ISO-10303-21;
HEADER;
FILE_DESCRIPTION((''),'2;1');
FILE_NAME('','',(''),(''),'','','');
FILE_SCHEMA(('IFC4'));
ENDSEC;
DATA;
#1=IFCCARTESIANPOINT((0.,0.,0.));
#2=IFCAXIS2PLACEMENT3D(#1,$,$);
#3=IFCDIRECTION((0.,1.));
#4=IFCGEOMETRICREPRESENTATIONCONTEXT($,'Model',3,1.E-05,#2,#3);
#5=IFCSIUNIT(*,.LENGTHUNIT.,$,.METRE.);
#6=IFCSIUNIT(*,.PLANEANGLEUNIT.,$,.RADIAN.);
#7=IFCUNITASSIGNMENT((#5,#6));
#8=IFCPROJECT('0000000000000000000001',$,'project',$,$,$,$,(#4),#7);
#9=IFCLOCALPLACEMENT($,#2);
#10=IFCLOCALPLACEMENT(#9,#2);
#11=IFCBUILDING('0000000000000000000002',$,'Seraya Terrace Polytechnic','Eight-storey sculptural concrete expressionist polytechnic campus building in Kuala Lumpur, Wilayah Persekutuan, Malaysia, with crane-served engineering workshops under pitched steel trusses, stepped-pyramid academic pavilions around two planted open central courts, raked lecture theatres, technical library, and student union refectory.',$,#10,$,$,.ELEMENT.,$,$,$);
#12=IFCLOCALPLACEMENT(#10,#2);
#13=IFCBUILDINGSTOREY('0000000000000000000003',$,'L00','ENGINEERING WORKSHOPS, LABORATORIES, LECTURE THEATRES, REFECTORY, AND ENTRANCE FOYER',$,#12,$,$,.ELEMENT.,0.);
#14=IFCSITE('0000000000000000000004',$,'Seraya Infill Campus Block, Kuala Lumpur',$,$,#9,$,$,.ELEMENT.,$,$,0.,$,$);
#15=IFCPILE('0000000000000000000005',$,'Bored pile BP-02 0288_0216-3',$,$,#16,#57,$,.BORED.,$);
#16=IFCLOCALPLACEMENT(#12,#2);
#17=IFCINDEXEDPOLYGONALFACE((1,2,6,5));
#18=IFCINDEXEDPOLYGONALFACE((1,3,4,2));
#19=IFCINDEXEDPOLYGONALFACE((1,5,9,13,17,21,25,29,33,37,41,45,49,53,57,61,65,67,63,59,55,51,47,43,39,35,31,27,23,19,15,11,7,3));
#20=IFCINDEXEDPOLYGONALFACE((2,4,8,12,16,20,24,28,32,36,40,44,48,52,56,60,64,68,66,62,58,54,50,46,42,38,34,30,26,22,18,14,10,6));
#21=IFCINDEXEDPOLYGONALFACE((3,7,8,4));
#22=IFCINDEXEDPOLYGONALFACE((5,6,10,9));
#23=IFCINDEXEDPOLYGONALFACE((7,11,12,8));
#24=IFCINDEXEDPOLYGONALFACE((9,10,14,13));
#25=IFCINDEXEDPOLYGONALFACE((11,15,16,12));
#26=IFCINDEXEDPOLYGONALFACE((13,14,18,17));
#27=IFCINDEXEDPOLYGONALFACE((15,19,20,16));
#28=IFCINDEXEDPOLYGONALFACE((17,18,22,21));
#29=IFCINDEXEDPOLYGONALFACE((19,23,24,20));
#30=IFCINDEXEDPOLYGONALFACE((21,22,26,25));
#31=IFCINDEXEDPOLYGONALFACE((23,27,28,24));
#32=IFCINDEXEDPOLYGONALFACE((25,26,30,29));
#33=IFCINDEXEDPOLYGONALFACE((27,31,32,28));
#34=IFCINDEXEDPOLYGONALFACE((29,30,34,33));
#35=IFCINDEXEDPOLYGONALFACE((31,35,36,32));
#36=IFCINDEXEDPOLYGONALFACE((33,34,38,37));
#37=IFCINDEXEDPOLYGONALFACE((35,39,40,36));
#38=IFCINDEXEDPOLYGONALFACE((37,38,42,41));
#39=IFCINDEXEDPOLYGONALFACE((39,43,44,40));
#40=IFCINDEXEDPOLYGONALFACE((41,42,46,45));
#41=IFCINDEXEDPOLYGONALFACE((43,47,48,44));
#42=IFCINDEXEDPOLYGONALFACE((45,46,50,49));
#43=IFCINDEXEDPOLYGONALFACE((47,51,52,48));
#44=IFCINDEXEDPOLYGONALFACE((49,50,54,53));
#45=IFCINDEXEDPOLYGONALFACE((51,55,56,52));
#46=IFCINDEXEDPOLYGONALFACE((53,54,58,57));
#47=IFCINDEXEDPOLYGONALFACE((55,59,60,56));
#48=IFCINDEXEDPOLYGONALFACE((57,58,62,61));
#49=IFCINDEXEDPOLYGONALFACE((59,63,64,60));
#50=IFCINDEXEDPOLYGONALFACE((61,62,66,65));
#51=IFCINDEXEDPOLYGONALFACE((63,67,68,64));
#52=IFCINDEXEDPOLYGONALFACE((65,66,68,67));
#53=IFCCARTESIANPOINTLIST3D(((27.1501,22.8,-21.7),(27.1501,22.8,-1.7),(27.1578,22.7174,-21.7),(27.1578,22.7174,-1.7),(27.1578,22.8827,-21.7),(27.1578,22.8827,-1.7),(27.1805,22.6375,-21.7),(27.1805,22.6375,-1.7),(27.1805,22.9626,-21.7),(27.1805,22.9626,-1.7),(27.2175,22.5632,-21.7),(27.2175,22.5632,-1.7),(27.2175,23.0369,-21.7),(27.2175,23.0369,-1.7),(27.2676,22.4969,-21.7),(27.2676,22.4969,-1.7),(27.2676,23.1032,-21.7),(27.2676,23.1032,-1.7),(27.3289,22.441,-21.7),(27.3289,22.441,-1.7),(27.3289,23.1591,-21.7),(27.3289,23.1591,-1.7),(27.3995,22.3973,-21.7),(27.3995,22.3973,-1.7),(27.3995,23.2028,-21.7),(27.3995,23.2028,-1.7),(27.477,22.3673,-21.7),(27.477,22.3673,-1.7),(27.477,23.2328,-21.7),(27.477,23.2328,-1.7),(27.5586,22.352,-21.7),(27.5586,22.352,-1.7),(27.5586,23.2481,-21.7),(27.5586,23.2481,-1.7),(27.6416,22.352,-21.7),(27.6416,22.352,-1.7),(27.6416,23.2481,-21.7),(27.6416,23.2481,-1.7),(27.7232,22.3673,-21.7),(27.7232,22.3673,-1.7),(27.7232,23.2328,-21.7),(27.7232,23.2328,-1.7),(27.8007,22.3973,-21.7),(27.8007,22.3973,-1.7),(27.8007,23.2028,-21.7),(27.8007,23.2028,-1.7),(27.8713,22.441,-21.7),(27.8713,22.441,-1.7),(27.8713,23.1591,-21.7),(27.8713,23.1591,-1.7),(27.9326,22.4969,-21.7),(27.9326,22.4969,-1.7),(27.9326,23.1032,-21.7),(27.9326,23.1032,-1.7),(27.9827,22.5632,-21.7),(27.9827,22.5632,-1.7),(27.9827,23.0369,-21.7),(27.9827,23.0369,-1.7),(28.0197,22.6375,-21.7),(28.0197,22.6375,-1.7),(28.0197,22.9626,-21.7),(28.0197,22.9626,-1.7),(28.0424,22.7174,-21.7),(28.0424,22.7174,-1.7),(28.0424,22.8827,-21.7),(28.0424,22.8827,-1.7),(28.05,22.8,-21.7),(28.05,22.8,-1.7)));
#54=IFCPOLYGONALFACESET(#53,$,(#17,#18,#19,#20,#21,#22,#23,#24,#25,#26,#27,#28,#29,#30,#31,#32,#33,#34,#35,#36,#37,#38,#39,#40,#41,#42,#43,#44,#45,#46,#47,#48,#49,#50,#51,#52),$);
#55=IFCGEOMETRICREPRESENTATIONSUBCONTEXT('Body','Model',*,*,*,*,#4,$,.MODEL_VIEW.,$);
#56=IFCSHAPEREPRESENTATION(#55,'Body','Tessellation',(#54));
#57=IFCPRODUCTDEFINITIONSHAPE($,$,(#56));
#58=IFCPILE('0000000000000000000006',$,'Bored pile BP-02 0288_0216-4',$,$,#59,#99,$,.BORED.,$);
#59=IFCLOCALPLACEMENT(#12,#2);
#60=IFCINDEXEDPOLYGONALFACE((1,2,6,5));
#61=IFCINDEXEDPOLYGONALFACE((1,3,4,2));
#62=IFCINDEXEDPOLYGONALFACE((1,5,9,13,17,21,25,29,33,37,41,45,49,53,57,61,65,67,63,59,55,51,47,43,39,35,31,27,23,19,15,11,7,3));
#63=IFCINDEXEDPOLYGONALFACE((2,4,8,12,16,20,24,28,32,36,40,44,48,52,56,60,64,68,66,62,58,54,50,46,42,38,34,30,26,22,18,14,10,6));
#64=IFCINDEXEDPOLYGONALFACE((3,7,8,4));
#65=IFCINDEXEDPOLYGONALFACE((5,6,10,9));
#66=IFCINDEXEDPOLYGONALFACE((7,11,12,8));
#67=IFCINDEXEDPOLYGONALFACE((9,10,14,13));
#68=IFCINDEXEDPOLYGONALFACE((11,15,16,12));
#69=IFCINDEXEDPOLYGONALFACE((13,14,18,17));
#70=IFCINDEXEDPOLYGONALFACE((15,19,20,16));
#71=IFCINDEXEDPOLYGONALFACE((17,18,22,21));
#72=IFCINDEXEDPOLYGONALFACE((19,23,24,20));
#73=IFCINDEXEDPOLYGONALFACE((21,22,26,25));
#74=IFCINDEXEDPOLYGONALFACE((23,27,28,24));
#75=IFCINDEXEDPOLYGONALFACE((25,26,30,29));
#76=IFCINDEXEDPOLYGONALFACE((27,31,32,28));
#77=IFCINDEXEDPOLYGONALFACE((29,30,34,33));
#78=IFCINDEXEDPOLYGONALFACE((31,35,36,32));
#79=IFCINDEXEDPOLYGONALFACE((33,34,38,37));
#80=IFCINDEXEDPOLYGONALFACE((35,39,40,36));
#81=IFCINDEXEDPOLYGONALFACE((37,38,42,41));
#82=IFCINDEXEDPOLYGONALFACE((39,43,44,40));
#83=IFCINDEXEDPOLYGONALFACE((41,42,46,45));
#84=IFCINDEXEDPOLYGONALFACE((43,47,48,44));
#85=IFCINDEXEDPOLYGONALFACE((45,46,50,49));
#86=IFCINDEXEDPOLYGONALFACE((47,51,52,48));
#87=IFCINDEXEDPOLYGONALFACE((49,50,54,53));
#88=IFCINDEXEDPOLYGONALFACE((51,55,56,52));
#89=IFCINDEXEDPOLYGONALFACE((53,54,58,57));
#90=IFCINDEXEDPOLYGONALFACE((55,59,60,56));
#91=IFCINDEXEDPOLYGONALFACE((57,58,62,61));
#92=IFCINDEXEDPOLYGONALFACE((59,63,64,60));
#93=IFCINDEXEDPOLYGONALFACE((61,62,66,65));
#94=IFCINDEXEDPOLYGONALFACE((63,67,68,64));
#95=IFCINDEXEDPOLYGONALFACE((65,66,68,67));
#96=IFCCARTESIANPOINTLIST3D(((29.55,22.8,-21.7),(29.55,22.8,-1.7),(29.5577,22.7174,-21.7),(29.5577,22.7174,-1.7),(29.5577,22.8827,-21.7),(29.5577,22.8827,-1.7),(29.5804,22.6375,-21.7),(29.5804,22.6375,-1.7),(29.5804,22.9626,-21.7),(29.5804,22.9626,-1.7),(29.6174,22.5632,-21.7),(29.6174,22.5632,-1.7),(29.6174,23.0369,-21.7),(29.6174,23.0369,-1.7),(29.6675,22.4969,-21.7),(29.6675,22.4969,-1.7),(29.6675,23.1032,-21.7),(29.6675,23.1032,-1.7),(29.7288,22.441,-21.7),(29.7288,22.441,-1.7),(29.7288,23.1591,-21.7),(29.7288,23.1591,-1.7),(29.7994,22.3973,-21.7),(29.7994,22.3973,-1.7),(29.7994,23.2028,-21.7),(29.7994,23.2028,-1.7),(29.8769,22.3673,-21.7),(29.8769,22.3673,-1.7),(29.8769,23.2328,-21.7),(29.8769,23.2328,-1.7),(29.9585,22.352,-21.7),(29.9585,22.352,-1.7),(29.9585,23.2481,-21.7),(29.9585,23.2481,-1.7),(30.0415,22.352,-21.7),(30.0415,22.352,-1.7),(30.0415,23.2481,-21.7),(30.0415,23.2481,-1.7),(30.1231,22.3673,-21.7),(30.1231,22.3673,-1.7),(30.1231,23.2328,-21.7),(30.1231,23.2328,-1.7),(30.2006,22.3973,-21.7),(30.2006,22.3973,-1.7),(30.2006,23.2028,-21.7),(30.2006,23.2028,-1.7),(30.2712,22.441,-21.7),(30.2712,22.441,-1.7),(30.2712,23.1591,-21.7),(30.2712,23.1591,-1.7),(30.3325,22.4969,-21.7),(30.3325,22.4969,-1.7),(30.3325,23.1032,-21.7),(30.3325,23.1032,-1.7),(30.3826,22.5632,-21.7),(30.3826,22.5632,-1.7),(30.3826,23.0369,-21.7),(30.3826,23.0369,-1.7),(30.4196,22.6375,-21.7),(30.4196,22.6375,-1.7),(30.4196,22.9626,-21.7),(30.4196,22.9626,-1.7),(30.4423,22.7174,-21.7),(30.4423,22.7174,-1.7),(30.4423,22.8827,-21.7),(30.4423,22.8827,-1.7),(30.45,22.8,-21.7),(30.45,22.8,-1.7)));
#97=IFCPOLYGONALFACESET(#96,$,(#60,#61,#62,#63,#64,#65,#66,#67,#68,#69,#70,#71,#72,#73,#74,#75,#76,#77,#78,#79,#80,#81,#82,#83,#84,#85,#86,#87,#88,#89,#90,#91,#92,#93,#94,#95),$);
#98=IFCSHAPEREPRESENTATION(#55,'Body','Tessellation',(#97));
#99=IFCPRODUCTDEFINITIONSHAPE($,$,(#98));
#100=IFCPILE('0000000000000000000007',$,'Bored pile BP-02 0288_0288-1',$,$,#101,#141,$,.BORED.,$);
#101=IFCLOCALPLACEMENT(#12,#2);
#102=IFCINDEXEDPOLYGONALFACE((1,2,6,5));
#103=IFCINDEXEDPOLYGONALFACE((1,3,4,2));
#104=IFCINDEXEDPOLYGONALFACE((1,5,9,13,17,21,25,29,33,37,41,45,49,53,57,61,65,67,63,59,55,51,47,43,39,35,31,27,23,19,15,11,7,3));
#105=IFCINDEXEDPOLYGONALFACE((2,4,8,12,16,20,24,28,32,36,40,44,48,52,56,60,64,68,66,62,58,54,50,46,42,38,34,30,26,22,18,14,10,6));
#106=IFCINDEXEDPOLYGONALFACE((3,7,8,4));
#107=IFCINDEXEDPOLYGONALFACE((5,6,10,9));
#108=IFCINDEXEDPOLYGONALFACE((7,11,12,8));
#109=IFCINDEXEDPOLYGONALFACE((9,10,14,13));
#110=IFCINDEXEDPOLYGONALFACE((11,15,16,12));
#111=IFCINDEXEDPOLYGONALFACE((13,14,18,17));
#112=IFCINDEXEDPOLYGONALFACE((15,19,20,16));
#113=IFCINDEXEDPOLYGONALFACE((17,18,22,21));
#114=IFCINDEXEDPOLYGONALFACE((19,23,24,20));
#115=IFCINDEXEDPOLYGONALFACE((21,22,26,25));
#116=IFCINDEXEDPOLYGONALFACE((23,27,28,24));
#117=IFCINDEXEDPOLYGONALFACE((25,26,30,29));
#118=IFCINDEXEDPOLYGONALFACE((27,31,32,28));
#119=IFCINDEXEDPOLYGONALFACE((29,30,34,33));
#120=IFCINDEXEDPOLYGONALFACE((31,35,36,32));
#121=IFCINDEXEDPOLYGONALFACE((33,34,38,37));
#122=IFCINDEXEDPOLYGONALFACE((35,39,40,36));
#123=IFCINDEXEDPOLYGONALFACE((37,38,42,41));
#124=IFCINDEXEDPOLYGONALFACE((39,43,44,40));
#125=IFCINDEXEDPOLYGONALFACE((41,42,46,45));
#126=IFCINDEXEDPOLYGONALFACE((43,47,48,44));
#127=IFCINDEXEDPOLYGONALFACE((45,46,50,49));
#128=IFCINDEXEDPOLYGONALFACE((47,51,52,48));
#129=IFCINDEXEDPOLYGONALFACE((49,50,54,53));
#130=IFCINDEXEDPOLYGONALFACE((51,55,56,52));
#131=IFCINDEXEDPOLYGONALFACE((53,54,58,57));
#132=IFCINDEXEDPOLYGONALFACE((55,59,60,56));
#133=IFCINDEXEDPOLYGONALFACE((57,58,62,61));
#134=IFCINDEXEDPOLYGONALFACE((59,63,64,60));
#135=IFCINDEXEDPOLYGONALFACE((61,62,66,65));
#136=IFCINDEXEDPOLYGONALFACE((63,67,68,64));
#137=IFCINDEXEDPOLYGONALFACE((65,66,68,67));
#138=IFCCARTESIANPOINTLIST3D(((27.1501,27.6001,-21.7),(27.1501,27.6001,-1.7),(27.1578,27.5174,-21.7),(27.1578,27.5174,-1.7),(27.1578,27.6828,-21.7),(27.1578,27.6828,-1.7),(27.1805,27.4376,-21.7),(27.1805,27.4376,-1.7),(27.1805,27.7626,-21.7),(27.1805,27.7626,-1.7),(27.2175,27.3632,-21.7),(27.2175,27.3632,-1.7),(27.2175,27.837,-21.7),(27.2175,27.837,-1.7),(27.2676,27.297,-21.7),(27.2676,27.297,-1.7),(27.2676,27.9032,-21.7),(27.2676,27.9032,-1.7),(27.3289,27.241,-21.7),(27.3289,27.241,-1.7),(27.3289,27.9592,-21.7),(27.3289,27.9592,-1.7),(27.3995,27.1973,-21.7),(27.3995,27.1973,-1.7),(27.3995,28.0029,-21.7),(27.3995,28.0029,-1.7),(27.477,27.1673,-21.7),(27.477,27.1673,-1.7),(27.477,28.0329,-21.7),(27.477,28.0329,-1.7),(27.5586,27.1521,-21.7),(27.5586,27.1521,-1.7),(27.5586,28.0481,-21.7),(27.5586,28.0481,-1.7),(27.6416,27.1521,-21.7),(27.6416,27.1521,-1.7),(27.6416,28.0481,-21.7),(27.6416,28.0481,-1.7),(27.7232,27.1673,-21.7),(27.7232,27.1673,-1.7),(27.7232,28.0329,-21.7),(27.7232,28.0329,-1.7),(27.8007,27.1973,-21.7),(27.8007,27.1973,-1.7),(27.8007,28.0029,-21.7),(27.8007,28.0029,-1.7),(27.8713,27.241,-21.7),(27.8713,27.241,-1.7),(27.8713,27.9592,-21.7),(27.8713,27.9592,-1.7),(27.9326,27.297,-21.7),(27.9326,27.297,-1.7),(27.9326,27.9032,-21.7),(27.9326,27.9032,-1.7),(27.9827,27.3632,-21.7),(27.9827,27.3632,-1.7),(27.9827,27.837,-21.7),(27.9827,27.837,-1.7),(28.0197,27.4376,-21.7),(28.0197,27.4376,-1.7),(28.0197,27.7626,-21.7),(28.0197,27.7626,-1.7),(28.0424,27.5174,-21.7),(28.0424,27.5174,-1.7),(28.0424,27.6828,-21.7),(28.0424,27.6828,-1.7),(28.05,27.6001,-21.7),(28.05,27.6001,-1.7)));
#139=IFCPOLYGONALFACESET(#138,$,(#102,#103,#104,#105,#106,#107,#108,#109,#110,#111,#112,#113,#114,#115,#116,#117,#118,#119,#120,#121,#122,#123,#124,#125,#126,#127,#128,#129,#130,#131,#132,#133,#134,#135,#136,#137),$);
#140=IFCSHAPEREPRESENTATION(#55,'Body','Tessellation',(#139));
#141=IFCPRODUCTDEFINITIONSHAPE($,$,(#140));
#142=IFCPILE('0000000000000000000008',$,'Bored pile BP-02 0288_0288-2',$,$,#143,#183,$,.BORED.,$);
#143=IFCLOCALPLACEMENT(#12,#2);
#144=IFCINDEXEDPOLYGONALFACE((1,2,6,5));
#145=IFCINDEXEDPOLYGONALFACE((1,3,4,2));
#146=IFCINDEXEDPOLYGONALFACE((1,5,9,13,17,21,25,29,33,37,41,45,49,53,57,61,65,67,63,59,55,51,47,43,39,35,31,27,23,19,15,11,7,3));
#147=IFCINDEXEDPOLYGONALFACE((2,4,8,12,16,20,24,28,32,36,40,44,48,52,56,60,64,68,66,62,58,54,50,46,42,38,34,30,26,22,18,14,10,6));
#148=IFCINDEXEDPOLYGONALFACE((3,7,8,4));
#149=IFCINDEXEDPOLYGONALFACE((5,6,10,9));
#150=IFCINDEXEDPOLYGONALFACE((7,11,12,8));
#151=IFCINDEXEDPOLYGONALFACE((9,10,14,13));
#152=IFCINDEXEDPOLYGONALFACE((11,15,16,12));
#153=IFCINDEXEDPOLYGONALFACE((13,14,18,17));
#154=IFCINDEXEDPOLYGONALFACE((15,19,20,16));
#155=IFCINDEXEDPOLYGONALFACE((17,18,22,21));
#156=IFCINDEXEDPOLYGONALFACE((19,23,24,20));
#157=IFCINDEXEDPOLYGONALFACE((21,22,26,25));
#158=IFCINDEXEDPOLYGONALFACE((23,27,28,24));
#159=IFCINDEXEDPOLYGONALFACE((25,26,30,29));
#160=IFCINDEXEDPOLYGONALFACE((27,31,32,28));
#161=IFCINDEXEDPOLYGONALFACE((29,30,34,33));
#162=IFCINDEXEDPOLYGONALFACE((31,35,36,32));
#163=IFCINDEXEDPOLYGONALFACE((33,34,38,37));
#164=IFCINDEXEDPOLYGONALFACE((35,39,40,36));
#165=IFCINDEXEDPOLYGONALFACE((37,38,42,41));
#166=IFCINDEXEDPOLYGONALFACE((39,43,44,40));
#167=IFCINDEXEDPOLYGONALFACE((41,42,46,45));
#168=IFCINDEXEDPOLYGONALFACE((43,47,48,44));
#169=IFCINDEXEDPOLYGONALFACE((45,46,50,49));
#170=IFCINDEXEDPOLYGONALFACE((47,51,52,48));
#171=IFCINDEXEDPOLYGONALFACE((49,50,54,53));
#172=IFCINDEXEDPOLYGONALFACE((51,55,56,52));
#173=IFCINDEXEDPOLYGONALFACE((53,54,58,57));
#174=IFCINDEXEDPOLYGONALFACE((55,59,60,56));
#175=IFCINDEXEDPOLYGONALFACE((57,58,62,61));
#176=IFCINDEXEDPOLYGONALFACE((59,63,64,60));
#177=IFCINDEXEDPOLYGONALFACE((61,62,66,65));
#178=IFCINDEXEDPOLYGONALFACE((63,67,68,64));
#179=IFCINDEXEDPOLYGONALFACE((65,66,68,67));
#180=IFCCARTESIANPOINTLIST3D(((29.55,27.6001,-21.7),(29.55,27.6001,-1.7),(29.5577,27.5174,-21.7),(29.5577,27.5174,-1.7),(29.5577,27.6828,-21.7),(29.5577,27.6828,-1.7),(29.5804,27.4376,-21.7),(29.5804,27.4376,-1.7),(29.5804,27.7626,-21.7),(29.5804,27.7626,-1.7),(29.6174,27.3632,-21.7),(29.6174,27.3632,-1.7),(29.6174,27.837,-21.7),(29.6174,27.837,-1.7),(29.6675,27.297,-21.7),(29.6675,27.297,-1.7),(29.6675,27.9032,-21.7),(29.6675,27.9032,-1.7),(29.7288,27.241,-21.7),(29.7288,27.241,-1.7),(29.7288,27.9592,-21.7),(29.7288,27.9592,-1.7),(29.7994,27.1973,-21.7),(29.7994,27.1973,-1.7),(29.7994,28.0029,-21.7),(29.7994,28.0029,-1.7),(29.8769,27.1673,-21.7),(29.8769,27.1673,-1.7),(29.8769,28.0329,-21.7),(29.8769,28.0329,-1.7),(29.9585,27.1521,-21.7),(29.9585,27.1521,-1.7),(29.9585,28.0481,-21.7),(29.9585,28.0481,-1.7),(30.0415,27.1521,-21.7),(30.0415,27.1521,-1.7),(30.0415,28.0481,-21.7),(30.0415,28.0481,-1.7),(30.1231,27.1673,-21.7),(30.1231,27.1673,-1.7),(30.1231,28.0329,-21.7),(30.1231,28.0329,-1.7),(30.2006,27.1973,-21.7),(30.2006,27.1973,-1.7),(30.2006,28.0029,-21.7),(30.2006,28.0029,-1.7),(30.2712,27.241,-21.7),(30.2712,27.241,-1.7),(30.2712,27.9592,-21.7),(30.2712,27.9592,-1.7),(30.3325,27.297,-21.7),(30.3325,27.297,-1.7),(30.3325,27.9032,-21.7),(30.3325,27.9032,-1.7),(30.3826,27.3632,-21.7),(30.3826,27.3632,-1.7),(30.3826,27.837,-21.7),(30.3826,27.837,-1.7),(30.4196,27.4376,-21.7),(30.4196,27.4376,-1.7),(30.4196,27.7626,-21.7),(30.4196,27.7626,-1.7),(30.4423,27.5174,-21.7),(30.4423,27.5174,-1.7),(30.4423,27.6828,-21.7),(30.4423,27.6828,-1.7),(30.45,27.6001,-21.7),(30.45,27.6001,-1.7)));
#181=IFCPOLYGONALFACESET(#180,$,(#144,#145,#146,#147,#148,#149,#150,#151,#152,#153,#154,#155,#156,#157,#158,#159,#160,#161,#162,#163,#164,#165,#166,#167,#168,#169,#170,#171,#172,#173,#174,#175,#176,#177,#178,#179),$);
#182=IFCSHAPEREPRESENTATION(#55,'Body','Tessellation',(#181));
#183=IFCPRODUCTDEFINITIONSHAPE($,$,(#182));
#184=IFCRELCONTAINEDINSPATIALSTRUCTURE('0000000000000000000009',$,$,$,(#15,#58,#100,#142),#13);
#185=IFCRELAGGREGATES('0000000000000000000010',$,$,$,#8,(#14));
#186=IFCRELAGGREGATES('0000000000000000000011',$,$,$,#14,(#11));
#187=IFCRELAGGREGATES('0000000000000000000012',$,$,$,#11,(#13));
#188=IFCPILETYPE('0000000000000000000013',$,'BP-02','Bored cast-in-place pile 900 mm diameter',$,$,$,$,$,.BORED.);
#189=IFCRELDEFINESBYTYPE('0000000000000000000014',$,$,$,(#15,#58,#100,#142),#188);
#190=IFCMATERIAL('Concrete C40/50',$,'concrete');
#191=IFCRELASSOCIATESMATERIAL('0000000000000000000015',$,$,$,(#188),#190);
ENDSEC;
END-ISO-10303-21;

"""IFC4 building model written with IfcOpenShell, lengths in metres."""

from ifc_helpers import new_model, si_unit, direction, frame, origin, origin_2d, place, context, subcontext, project, spatial, circle, extrude, material, material_profile, profile_set, type_object, element, save


model = new_model("IFC4")

# Units and contexts
model_context = context("Model", 3, precision=1e-05, world=origin(), true_north=direction((0.0, 1.0)))
body_context = subcontext(model_context, "Body", "Model", "MODEL_VIEW")
ifc_project = project(units=[si_unit("LENGTHUNIT", "METRE"), si_unit("PLANEANGLEUNIT", "RADIAN")], contexts=[model_context])

# Site, building, storey
site_placement = place(None, origin())
site = spatial("IfcSite", under=ifc_project, at=site_placement, Name="Seraya Infill Campus Block, Kuala Lumpur", CompositionType="ELEMENT", RefElevation=0.0)
building_placement = place(site_placement, origin())
building = spatial("IfcBuilding", under=site, at=building_placement, Name="Seraya Terrace Polytechnic", Description="Eight-storey sculptural concrete expressionist polytechnic campus building in Kuala Lumpur, Wilayah Persekutuan, Malaysia, with crane-served engineering workshops under pitched steel trusses, stepped-pyramid academic pavilions around two planted open central courts, raked lecture theatres, technical library, and student union refectory.", CompositionType="ELEMENT")
storey_placement = place(building_placement, origin())
storey = spatial("IfcBuildingStorey", under=building, at=storey_placement, Name="L00", Description="ENGINEERING WORKSHOPS, LABORATORIES, LECTURE THEATRES, REFECTORY, AND ENTRANCE FOYER", CompositionType="ELEMENT", Elevation=0.0)

# Piles
ifc_material = material(Name="Concrete C40/50", Category="concrete")
ifc_material_profile_1 = material_profile(ifc_material, circle(Radius=0.45, at=origin_2d()), Name="DIA 900")
ifc_profile_set_1 = profile_set([ifc_material_profile_1], Name="Concrete C40/50")
pile_type = type_object("IfcPileType", Name="BP-02", Description="Bored cast-in-place pile 900 mm diameter", PredefinedType="BORED", material=ifc_profile_set_1)
for number, where, z_axis, x_axis, name in (
    (1, (27.6001, 22.8, -1.7), (0.0, 0.0, -1.0), (1.0, 0.0, 0.0), "Bored pile BP-02 0288_0216-3"),
    (2, (30.0, 22.8, -1.7), (0.0, 0.0, -1.0), (1.0, 0.0, 0.0), "Bored pile BP-02 0288_0216-4"),
    (3, (27.6001, 27.6001, -1.7), (0.0, 0.0, -1.0), (1.0, 0.0, 0.0), "Bored pile BP-02 0288_0288-1"),
    (4, (30.0, 27.6001, -1.7), (0.0, 0.0, -1.0), (1.0, 0.0, 0.0), "Bored pile BP-02 0288_0288-2"),
):
    element("IfcPile", number, at=place(storey_placement, frame(where, z_axis=z_axis, x_axis=x_axis)), inside=storey, type_object=pile_type, Name=name, PredefinedType="BORED", context=body_context, shape_type="SweptSolid", body=[
        extrude(circle(Radius=0.45, at=origin_2d()), origin(), (0.0, 0.0, 1.0), 20.0),
    ])

save(model, "model.ifc")
